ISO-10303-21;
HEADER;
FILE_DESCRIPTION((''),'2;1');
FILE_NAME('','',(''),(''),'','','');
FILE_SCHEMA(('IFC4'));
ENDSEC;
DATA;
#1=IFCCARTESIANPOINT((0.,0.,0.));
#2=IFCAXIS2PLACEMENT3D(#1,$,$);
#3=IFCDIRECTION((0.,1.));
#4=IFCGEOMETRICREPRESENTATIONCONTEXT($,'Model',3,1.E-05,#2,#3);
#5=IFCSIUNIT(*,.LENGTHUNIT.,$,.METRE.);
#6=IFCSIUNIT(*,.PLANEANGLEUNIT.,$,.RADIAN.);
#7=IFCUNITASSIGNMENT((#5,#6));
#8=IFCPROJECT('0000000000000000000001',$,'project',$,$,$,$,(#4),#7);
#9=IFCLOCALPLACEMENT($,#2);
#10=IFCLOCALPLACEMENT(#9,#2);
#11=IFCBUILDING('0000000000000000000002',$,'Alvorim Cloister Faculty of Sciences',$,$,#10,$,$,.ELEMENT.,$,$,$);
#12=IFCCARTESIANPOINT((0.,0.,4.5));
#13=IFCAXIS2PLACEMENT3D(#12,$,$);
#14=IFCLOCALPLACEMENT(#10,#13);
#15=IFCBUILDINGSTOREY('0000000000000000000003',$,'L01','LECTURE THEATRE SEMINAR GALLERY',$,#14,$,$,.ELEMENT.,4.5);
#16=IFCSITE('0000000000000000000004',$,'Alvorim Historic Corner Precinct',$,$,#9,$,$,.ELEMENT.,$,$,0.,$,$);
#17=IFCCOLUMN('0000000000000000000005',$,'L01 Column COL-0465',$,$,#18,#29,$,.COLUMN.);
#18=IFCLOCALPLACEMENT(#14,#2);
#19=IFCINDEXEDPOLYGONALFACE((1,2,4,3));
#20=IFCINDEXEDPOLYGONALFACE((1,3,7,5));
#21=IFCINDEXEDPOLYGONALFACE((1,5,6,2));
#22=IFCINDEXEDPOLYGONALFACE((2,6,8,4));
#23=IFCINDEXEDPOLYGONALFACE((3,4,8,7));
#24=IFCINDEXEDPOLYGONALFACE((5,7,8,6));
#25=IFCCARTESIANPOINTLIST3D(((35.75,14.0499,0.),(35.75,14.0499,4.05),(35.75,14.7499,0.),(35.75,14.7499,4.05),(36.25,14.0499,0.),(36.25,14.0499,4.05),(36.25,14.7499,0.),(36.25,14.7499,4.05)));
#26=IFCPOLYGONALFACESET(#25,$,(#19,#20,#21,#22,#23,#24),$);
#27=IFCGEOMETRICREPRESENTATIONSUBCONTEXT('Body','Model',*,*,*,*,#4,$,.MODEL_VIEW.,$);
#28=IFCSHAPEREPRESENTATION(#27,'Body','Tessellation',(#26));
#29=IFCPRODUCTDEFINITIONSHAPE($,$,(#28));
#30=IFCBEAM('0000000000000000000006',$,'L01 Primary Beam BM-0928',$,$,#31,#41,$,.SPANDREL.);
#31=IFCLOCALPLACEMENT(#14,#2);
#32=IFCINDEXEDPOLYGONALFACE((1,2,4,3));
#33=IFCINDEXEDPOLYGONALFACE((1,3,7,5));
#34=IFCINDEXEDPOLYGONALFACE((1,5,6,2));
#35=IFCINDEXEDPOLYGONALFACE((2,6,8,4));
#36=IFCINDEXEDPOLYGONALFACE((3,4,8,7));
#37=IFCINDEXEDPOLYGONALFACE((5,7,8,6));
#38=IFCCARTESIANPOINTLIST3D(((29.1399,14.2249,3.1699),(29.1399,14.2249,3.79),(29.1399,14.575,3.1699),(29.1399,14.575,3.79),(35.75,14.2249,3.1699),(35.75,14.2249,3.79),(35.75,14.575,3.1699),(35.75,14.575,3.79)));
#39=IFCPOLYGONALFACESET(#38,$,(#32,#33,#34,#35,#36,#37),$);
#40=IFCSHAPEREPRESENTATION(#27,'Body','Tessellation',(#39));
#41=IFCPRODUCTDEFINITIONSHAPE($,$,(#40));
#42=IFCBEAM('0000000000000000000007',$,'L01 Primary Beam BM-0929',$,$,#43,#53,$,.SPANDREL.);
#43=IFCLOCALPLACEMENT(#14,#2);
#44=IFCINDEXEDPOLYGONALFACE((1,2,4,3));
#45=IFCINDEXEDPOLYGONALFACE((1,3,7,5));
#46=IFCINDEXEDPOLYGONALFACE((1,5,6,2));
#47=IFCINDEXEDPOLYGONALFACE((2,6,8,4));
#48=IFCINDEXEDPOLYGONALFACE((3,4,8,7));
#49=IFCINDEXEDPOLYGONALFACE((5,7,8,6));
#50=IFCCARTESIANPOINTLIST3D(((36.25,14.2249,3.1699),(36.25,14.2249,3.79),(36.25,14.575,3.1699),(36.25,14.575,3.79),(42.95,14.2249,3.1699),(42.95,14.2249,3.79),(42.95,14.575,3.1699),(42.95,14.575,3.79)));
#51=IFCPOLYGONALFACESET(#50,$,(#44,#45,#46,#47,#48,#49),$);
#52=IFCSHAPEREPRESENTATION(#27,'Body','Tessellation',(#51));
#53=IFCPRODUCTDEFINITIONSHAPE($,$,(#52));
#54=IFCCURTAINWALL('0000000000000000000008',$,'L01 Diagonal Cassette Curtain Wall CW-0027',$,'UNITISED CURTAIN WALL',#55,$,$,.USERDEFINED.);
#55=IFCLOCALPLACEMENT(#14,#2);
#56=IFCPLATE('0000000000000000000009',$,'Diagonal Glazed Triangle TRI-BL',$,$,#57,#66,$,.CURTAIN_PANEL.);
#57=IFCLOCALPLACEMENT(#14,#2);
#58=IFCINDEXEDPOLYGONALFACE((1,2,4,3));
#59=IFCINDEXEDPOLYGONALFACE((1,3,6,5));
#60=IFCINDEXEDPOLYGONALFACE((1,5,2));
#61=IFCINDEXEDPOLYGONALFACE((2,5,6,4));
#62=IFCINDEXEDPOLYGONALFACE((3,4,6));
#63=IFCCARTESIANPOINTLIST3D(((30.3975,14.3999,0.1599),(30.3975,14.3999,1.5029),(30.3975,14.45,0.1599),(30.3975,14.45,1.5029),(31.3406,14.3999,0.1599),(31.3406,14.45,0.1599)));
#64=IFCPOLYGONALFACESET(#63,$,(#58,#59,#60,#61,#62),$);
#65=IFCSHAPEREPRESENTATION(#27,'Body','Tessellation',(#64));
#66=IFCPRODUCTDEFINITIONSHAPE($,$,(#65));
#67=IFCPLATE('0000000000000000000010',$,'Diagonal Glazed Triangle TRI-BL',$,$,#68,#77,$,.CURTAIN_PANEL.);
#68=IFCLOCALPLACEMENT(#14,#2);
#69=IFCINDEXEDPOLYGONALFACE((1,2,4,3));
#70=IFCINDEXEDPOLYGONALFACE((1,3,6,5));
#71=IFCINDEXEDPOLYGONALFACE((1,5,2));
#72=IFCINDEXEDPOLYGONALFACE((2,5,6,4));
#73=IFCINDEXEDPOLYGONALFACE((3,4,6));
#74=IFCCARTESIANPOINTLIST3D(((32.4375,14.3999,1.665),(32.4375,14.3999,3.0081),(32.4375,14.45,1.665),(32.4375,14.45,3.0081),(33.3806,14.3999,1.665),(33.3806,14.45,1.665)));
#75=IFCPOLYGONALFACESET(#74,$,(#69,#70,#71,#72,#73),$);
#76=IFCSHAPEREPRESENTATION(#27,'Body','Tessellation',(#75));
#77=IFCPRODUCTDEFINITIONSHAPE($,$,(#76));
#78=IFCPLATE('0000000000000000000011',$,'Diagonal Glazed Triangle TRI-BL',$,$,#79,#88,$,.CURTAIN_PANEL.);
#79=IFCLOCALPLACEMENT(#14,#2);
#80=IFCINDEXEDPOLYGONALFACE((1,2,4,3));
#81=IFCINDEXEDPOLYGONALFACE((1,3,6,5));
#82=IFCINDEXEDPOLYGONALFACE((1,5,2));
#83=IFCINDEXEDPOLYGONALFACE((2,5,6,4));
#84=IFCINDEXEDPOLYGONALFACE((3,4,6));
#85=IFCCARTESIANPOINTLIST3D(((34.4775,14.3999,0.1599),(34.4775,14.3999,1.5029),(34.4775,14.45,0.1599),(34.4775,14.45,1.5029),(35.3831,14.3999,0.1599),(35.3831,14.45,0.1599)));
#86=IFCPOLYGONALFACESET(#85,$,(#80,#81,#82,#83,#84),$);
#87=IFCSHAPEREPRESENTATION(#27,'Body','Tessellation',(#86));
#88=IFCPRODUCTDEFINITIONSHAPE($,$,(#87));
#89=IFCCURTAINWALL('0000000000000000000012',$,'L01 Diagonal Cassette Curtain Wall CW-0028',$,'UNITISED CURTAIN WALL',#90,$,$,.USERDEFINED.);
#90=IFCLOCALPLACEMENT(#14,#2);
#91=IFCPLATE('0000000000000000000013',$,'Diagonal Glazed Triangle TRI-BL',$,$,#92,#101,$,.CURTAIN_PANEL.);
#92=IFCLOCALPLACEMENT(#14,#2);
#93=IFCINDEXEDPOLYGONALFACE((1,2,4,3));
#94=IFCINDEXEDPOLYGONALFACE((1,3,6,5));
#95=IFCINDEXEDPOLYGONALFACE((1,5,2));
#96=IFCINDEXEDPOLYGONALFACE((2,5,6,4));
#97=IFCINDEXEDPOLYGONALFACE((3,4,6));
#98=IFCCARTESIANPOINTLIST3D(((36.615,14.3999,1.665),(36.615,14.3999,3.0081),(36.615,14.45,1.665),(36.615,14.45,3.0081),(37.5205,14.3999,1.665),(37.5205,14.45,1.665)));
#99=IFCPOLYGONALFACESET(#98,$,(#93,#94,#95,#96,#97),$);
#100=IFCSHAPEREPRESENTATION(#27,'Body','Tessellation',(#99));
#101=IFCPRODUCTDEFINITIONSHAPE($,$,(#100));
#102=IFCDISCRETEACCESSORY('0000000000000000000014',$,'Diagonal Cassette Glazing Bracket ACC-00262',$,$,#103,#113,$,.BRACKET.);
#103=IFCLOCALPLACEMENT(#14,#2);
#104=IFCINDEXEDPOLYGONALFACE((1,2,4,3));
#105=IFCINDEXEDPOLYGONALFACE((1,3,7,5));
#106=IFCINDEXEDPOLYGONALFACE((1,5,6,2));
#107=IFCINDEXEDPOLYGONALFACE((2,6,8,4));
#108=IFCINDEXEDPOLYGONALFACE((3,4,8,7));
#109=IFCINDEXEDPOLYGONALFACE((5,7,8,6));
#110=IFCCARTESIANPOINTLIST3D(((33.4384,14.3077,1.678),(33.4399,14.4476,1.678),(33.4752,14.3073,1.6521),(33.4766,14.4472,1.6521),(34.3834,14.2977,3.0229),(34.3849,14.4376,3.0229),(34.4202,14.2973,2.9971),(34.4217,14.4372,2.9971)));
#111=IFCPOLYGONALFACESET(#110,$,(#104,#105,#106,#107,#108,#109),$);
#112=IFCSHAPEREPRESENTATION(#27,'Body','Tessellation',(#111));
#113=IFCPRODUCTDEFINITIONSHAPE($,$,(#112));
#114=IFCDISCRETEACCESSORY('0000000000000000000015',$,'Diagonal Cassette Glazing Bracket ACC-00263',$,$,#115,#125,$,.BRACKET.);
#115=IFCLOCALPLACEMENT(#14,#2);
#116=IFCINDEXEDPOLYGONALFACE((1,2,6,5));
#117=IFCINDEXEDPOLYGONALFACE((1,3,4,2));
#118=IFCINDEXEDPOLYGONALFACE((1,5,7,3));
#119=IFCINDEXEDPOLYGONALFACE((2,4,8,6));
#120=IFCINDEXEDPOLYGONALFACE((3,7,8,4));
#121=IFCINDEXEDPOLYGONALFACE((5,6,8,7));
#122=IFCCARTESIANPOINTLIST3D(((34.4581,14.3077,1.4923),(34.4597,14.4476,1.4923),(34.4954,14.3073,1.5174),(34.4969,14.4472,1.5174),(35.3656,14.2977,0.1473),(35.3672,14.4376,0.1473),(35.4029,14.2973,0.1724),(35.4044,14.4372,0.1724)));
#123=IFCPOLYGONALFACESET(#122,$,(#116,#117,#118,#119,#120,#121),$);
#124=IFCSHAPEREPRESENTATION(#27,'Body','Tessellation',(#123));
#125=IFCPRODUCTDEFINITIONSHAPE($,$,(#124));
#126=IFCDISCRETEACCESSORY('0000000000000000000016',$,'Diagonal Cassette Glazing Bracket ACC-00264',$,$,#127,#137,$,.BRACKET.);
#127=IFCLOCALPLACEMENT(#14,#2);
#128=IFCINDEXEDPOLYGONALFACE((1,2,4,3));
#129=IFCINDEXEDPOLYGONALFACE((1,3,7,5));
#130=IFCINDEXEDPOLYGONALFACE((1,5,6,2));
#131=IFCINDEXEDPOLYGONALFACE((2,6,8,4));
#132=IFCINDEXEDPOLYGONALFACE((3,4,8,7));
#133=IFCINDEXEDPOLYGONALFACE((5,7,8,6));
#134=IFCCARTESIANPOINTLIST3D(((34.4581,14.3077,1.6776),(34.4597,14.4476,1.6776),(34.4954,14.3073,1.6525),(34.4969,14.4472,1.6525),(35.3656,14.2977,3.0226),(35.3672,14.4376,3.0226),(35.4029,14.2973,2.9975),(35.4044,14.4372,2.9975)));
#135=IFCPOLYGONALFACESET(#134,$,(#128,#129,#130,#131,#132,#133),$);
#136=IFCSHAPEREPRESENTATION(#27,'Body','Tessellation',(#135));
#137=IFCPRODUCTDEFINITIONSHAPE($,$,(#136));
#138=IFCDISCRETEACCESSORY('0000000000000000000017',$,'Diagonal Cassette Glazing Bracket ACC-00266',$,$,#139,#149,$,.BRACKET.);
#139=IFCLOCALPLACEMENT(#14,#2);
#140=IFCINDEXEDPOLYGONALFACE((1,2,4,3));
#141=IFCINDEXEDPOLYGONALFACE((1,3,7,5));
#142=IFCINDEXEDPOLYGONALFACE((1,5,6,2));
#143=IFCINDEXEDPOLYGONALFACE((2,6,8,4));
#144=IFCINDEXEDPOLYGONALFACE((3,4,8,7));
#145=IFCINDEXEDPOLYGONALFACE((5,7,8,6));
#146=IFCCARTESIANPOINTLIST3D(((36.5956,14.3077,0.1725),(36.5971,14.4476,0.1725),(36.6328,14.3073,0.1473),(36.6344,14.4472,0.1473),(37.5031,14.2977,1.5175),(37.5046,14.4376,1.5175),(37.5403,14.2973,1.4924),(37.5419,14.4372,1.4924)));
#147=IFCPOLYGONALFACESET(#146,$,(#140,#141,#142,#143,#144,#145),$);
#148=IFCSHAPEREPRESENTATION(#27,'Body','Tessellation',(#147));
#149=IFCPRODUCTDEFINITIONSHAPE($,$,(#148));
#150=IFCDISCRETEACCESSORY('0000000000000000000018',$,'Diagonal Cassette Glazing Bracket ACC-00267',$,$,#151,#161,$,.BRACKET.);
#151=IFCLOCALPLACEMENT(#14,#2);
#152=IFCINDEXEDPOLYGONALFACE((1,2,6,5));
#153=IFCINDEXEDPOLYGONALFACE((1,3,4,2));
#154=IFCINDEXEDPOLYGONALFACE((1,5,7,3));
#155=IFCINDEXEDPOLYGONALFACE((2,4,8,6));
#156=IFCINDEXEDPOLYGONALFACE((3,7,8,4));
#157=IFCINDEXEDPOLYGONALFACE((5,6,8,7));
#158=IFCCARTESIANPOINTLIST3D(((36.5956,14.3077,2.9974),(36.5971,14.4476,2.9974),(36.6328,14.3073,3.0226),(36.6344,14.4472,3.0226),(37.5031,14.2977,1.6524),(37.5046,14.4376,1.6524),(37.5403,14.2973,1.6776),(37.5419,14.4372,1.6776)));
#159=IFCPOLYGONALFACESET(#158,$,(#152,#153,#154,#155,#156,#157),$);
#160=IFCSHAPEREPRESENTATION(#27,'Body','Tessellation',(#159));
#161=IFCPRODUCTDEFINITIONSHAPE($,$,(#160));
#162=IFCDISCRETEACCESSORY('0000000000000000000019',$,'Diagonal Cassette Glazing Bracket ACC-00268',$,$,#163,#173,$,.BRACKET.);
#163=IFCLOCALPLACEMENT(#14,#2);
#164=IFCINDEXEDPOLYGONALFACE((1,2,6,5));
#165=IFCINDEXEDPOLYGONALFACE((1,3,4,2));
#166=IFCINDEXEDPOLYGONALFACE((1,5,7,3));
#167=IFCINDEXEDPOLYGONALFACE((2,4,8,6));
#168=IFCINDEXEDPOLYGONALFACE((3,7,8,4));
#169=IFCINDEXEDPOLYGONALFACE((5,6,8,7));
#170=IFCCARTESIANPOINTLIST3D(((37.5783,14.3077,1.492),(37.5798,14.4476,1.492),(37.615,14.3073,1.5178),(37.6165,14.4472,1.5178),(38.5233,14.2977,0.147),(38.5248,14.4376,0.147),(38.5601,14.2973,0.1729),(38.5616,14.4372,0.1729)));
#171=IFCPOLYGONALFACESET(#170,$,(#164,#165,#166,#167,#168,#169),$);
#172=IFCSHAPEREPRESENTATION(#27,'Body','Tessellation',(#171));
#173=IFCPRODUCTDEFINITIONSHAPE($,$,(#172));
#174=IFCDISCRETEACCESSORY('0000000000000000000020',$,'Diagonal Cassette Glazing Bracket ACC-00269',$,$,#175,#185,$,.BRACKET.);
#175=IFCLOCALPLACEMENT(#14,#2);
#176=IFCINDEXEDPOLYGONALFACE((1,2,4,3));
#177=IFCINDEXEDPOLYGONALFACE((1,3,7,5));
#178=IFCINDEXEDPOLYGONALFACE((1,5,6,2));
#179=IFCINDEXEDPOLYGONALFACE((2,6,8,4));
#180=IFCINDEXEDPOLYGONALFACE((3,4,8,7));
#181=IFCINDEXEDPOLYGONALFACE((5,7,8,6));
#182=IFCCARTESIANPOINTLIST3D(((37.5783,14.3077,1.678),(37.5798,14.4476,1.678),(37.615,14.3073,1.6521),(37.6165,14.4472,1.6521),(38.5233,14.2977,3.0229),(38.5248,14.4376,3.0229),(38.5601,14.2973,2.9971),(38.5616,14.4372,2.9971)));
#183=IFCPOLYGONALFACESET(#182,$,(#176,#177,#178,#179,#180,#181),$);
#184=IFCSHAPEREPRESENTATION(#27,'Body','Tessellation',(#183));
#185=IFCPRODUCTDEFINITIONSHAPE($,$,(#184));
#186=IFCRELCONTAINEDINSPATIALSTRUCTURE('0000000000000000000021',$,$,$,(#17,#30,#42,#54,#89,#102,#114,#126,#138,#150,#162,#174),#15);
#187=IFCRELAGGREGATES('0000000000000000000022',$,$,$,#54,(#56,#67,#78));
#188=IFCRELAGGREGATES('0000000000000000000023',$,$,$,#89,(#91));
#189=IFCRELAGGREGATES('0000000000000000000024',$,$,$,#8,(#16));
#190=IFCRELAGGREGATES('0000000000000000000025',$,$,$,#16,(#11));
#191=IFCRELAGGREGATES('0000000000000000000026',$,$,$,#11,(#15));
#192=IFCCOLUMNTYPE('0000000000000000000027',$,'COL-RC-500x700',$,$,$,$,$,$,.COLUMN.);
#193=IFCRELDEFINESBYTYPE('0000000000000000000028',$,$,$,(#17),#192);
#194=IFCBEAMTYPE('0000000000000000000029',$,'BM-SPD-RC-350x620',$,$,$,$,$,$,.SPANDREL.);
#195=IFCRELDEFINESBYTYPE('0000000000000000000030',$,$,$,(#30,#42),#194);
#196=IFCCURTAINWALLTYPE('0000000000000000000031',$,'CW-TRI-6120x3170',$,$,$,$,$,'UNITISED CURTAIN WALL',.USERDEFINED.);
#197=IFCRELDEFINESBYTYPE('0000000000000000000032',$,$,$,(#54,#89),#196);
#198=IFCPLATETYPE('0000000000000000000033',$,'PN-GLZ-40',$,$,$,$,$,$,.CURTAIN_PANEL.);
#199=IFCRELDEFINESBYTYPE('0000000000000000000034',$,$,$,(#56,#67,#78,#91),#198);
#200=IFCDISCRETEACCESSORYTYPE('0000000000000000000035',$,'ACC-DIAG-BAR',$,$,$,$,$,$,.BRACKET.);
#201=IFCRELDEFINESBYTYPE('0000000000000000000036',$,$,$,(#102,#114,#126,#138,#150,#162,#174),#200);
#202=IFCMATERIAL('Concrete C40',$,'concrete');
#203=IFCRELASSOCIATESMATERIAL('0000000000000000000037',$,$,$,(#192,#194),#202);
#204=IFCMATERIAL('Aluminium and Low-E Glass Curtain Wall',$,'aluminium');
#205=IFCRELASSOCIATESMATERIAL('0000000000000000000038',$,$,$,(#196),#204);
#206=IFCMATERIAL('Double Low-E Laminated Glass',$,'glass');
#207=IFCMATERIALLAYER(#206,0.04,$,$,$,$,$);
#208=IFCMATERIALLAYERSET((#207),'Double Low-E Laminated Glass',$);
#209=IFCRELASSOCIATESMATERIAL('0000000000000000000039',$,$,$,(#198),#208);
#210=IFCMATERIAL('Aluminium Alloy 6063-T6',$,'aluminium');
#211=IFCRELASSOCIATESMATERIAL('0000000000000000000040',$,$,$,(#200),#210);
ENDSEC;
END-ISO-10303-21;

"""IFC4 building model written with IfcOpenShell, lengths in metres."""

from ifc_helpers import new_model, si_unit, direction, frame, origin, origin_2d, place, context, subcontext, project, spatial, polyline, rectangle, outline, extrude, material, layer, layer_set, material_profile, profile_set, type_object, element, aggregate, save


model = new_model("IFC4")

# Units and contexts
model_context = context("Model", 3, precision=1e-05, world=origin(), true_north=direction((0.0, 1.0)))
body_context = subcontext(model_context, "Body", "Model", "MODEL_VIEW")
ifc_project = project(units=[si_unit("LENGTHUNIT", "METRE"), si_unit("PLANEANGLEUNIT", "RADIAN")], contexts=[model_context])

# Site, building, storey
site_placement = place(None, origin())
site = spatial("IfcSite", under=ifc_project, at=site_placement, Name="Alvorim Historic Corner Precinct", CompositionType="ELEMENT", RefElevation=0.0)
building_placement = place(site_placement, origin())
building = spatial("IfcBuilding", under=site, at=building_placement, Name="Alvorim Cloister Faculty of Sciences", CompositionType="ELEMENT")
storey_placement = place(building_placement, frame((0.0, 0.0, 4.5)))
storey = spatial("IfcBuildingStorey", under=building, at=storey_placement, Name="L01", Description="LECTURE THEATRE SEMINAR GALLERY", CompositionType="ELEMENT", Elevation=4.5)

# Column
ifc_material_1 = material(Name="Concrete C40", Category="concrete")
ifc_material_profile_1 = material_profile(ifc_material_1, rectangle(XDim=0.5, YDim=0.7, at=origin_2d()), Name="RC40-COL-500x700")
ifc_profile_set_1 = profile_set([ifc_material_profile_1], Name="Concrete C40")
column_type = type_object("IfcColumnType", Name="COL-RC-500x700", PredefinedType="COLUMN", material=ifc_profile_set_1)
column_placement = place(storey_placement, frame((36.0, 14.3999, 0.0), z_axis=(0.0, 0.0, 1.0), x_axis=(1.0, 0.0, 0.0)))
element("IfcColumn", 1, at=column_placement, inside=storey, type_object=column_type, Name="L01 Column COL-0465", PredefinedType="COLUMN", context=body_context, shape_type="SweptSolid", body=[
    extrude(rectangle(XDim=0.5, YDim=0.7, at=origin_2d()), origin(), (0.0, 0.0, 1.0), 4.05),
])

# Beams
ifc_material_profile_2 = material_profile(ifc_material_1, rectangle(XDim=0.3501, YDim=0.6201, at=origin_2d()), Name="RC40-SPD-350x620")
ifc_profile_set_2 = profile_set([ifc_material_profile_2], Name="Concrete C40")
beam_type = type_object("IfcBeamType", Name="BM-SPD-RC-350x620", PredefinedType="SPANDREL", material=ifc_profile_set_2)
beam_1_placement = place(storey_placement, frame((29.1399, 14.3999, 3.48), z_axis=(1.0, 0.0, 0.0), x_axis=(0.0, 1.0, 0.0)))
element("IfcBeam", 2, at=beam_1_placement, inside=storey, type_object=beam_type, Name="L01 Primary Beam BM-0928", PredefinedType="SPANDREL", context=body_context, shape_type="SweptSolid", body=[
    extrude(rectangle(XDim=0.3501, YDim=0.6201, at=origin_2d()), origin(), (0.0, 0.0, 1.0), 6.6101),
])
beam_2_placement = place(storey_placement, frame((36.25, 14.3999, 3.48), z_axis=(1.0, 0.0, 0.0), x_axis=(0.0, 1.0, 0.0)))
element("IfcBeam", 3, at=beam_2_placement, inside=storey, type_object=beam_type, Name="L01 Primary Beam BM-0929", PredefinedType="SPANDREL", context=body_context, shape_type="SweptSolid", body=[
    extrude(rectangle(XDim=0.3501, YDim=0.6201, at=origin_2d()), origin(), (0.0, 0.0, 1.0), 6.7),
])

# Curtain walls, plates
ifc_material_2 = material(Name="Aluminium and Low-E Glass Curtain Wall", Category="aluminium")
curtain_wall_type = type_object("IfcCurtainWallType", Name="CW-TRI-6120x3170", ElementType="UNITISED CURTAIN WALL", PredefinedType="USERDEFINED", material=ifc_material_2)
curtain_wall_1_placement = place(storey_placement, origin())
curtain_wall_1 = element("IfcCurtainWall", 4, at=curtain_wall_1_placement, inside=storey, type_object=curtain_wall_type, Name="L01 Diagonal Cassette Curtain Wall CW-0027", ObjectType="UNITISED CURTAIN WALL", PredefinedType="USERDEFINED")
ifc_material_3 = material(Name="Double Low-E Laminated Glass", Category="glass")
ifc_layer = layer(ifc_material_3, 0.04)
ifc_layer_set = layer_set([ifc_layer], Name="Double Low-E Laminated Glass")
plate_type = type_object("IfcPlateType", Name="PN-GLZ-40", PredefinedType="CURTAIN_PANEL", material=ifc_layer_set)
plate_1_placement = place(storey_placement, frame((30.3975, 14.425, 0.1599), z_axis=(0.0, 0.0, 1.0), x_axis=(1.0, 0.0, 0.0)))
plate_1 = element("IfcPlate", 5, at=plate_1_placement, type_object=plate_type, Name="Diagonal Glazed Triangle TRI-BL", PredefinedType="CURTAIN_PANEL", context=body_context, shape_type="SweptSolid", body=[
    extrude(outline(polyline([(0.0, 0.0), (0.9431, 0.0), (0.0, 1.343), (0.0, 0.0)])), frame((0.0, 0.0249, 0.0), z_axis=(0.0, -1.0, 0.0), x_axis=(1.0, 0.0, 0.0)), (0.0, 0.0, 1.0), 0.05),
])
plate_2_placement = place(storey_placement, frame((32.4375, 14.425, 1.665), z_axis=(0.0, 0.0, 1.0), x_axis=(1.0, 0.0, 0.0)))
plate_2 = element("IfcPlate", 6, at=plate_2_placement, type_object=plate_type, Name="Diagonal Glazed Triangle TRI-BL", PredefinedType="CURTAIN_PANEL", context=body_context, shape_type="SweptSolid", body=[
    extrude(outline(polyline([(0.0, 0.0), (0.9431, 0.0), (0.0, 1.343), (0.0, 0.0)])), frame((0.0, 0.0249, 0.0), z_axis=(0.0, -1.0, 0.0), x_axis=(1.0, 0.0, 0.0)), (0.0, 0.0, 1.0), 0.05),
])
plate_3_placement = place(storey_placement, frame((34.4775, 14.425, 0.1599), z_axis=(0.0, 0.0, 1.0), x_axis=(1.0, 0.0, 0.0)))
plate_3 = element("IfcPlate", 7, at=plate_3_placement, type_object=plate_type, Name="Diagonal Glazed Triangle TRI-BL", PredefinedType="CURTAIN_PANEL", context=body_context, shape_type="SweptSolid", body=[
    extrude(outline(polyline([(0.0, 0.0), (0.9055, 0.0), (0.0, 1.343), (0.0, 0.0)])), frame((0.0, 0.0249, 0.0), z_axis=(0.0, -1.0, 0.0), x_axis=(1.0, 0.0, 0.0)), (0.0, 0.0, 1.0), 0.05),
])
aggregate(curtain_wall_1, [plate_1, plate_2, plate_3])
curtain_wall_2_placement = place(storey_placement, origin())
curtain_wall_2 = element("IfcCurtainWall", 8, at=curtain_wall_2_placement, inside=storey, type_object=curtain_wall_type, Name="L01 Diagonal Cassette Curtain Wall CW-0028", ObjectType="UNITISED CURTAIN WALL", PredefinedType="USERDEFINED")
plate_4_placement = place(storey_placement, frame((36.615, 14.425, 1.665), z_axis=(0.0, 0.0, 1.0), x_axis=(1.0, 0.0, 0.0)))
plate_4 = element("IfcPlate", 9, at=plate_4_placement, type_object=plate_type, Name="Diagonal Glazed Triangle TRI-BL", PredefinedType="CURTAIN_PANEL", context=body_context, shape_type="SweptSolid", body=[
    extrude(outline(polyline([(0.0, 0.0), (0.9055, 0.0), (0.0, 1.343), (0.0, 0.0)])), frame((0.0, 0.0249, 0.0), z_axis=(0.0, -1.0, 0.0), x_axis=(1.0, 0.0, 0.0)), (0.0, 0.0, 1.0), 0.05),
])
aggregate(curtain_wall_2, [plate_4])

# Discrete accessories
ifc_material_4 = material(Name="Aluminium Alloy 6063-T6", Category="aluminium")
discrete_accessory_type = type_object("IfcDiscreteAccessoryType", Name="ACC-DIAG-BAR", PredefinedType="BRACKET", material=ifc_material_4)
discrete_accessory_placement = place(storey_placement, frame((33.4575, 14.3774, 1.665), z_axis=(0.574916, -0.006089, 0.81819), x_axis=(0.010591, 0.999944, 0.0)))
element("IfcDiscreteAccessory", 10, at=discrete_accessory_placement, inside=storey, type_object=discrete_accessory_type, Name="Diagonal Cassette Glazing Bracket ACC-00262", PredefinedType="BRACKET", context=body_context, shape_type="SweptSolid", body=[
    extrude(rectangle(XDim=0.1399, YDim=0.0449, at=origin_2d()), origin(), (0.0, 0.0, 1.0), 1.6438),
])
for number, where, z_axis, x_axis, name in (
    (11, (34.4775, 14.3774, 1.5049), (0.559299, -0.006169, -0.828943), (0.01103, 0.999939, 0.0), "Diagonal Cassette Glazing Bracket ACC-00263"),
    (12, (34.4775, 14.3774, 1.665), (0.559299, -0.006169, 0.828943), (0.01103, 0.999939, 0.0), "Diagonal Cassette Glazing Bracket ACC-00264"),
    (13, (36.615, 14.3774, 0.1599), (0.559299, -0.006169, 0.828943), (0.01103, 0.999939, 0.0), "Diagonal Cassette Glazing Bracket ACC-00266"),
    (14, (36.615, 14.3774, 3.01), (0.559299, -0.006169, -0.828943), (0.01103, 0.999939, 0.0), "Diagonal Cassette Glazing Bracket ACC-00267"),
):
    element("IfcDiscreteAccessory", number, at=place(storey_placement, frame(where, z_axis=z_axis, x_axis=x_axis)), inside=storey, type_object=discrete_accessory_type, Name=name, PredefinedType="BRACKET", context=body_context, shape_type="SweptSolid", body=[
        extrude(rectangle(XDim=0.1399, YDim=0.0449, at=origin_2d()), origin(), (0.0, 0.0, 1.0), 1.6226),
    ])
for number, where, z_axis, x_axis, name in (
    (15, (37.5974, 14.3774, 1.5049), (0.574916, -0.006089, -0.81819), (0.010591, 0.999944, 0.0), "Diagonal Cassette Glazing Bracket ACC-00268"),
    (16, (37.5974, 14.3774, 1.665), (0.574916, -0.006089, 0.81819), (0.010591, 0.999944, 0.0), "Diagonal Cassette Glazing Bracket ACC-00269"),
):
    element("IfcDiscreteAccessory", number, at=place(storey_placement, frame(where, z_axis=z_axis, x_axis=x_axis)), inside=storey, type_object=discrete_accessory_type, Name=name, PredefinedType="BRACKET", context=body_context, shape_type="SweptSolid", body=[
        extrude(rectangle(XDim=0.1399, YDim=0.0449, at=origin_2d()), origin(), (0.0, 0.0, 1.0), 1.6438),
    ])

save(model, "model.ifc")
